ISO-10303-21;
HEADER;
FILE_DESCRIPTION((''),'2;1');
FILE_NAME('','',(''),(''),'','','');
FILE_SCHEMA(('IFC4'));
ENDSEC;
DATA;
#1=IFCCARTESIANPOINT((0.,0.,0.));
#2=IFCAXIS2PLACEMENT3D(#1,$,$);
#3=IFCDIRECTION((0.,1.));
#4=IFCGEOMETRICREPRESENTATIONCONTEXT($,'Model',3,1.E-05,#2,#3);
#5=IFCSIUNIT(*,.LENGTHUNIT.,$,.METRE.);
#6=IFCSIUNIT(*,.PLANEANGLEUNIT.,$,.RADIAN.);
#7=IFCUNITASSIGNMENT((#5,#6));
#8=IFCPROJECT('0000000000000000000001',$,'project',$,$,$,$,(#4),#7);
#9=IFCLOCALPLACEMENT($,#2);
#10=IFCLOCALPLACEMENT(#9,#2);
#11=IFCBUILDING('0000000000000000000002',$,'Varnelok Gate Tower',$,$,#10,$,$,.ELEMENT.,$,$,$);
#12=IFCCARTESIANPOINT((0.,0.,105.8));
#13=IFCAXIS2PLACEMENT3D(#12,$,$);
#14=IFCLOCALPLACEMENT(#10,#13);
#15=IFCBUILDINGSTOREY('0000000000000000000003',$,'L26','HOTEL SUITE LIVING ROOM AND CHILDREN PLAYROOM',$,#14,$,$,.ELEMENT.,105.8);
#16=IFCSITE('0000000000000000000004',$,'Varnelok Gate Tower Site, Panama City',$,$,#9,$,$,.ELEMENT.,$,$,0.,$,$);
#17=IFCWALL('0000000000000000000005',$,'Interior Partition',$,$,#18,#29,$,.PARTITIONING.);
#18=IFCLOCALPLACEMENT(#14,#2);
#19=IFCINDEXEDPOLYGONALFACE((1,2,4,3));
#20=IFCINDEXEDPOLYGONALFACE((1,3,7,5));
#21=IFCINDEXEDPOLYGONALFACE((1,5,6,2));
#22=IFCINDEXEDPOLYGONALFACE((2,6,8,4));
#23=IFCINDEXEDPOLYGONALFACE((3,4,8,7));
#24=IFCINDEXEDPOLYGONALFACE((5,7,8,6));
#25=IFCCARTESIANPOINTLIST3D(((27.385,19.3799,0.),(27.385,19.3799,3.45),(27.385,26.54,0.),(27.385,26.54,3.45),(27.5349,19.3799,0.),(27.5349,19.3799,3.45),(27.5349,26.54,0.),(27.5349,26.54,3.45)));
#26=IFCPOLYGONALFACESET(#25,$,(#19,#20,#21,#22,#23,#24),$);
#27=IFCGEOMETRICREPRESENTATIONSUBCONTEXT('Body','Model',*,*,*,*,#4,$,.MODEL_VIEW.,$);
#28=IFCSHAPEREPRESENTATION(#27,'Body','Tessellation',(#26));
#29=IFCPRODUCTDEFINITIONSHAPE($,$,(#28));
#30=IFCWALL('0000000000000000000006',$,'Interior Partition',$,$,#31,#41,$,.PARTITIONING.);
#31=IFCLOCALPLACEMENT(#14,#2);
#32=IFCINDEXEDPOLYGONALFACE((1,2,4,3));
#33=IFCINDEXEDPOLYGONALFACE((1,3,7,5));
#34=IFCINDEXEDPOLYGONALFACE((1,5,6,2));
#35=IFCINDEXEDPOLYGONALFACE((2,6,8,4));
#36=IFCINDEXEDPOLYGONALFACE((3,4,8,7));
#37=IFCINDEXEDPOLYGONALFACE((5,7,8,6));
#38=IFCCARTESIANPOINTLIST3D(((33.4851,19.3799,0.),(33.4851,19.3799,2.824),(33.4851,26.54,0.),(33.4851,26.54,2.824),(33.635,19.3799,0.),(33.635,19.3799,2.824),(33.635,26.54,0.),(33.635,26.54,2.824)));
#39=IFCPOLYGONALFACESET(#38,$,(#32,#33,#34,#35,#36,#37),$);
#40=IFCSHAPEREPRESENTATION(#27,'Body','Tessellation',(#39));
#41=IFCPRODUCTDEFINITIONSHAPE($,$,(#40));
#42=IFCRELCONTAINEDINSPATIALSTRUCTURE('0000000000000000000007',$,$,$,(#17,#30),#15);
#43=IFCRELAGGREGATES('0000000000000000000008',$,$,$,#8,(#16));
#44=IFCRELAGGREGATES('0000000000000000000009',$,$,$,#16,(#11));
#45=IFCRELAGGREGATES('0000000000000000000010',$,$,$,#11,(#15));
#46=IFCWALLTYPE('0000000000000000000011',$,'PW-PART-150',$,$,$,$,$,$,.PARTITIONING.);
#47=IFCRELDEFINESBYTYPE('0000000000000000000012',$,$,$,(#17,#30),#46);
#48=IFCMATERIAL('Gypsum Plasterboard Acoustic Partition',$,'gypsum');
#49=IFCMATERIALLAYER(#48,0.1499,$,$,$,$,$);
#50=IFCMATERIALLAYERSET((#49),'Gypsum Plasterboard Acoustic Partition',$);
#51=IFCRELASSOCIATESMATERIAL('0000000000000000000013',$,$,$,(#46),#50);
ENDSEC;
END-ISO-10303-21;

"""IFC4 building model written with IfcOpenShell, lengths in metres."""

from ifc_helpers import new_model, si_unit, direction, frame, frame_2d, origin, place, context, subcontext, project, spatial, rectangle, extrude, material, layer, layer_set, type_object, element, save


model = new_model("IFC4")

# Units and contexts
model_context = context("Model", 3, precision=1e-05, world=origin(), true_north=direction((0.0, 1.0)))
body_context = subcontext(model_context, "Body", "Model", "MODEL_VIEW")
ifc_project = project(units=[si_unit("LENGTHUNIT", "METRE"), si_unit("PLANEANGLEUNIT", "RADIAN")], contexts=[model_context])

# Site, building, storey
site_placement = place(None, origin())
site = spatial("IfcSite", under=ifc_project, at=site_placement, Name="Varnelok Gate Tower Site, Panama City", CompositionType="ELEMENT", RefElevation=0.0)
building_placement = place(site_placement, origin())
building = spatial("IfcBuilding", under=site, at=building_placement, Name="Varnelok Gate Tower", CompositionType="ELEMENT")
storey_placement = place(building_placement, frame((0.0, 0.0, 105.8)))
storey = spatial("IfcBuildingStorey", under=building, at=storey_placement, Name="L26", Description="HOTEL SUITE LIVING ROOM AND CHILDREN PLAYROOM", CompositionType="ELEMENT", Elevation=105.8)

# Shared definitions
ifc_material_1 = material(Name="Gypsum Plasterboard Acoustic Partition", Category="gypsum")

# Shared definitions
ifc_layer_1 = layer(ifc_material_1, 0.1499)
ifc_layer_set_1 = layer_set([ifc_layer_1], Name="Gypsum Plasterboard Acoustic Partition")
wall_type_1 = type_object("IfcWallType", Name="PW-PART-150", PredefinedType="PARTITIONING", material=ifc_layer_set_1)

# Walls
wall_1_placement = place(storey_placement, frame((27.46, 19.3799, 0.0), z_axis=(0.0, 0.0, 1.0), x_axis=(0.0, 1.0, 0.0)))
element("IfcWall", 1, at=wall_1_placement, inside=storey, type_object=wall_type_1, Name="Interior Partition", PredefinedType="PARTITIONING", context=body_context, shape_type="SweptSolid", body=[
    extrude(rectangle(XDim=7.1602, YDim=0.1499, at=frame_2d((3.5801, 0.0))), origin(), (0.0, 0.0, 1.0), 3.45),
])
wall_2_placement = place(storey_placement, frame((33.5601, 19.3799, 0.0), z_axis=(0.0, 0.0, 1.0), x_axis=(0.0, 1.0, 0.0)))
element("IfcWall", 2, at=wall_2_placement, inside=storey, type_object=wall_type_1, Name="Interior Partition", PredefinedType="PARTITIONING", context=body_context, shape_type="SweptSolid", body=[
    extrude(rectangle(XDim=7.1602, YDim=0.1499, at=frame_2d((3.5801, 0.0))), origin(), (0.0, 0.0, 1.0), 2.824),
])

save(model, "model.ifc")
